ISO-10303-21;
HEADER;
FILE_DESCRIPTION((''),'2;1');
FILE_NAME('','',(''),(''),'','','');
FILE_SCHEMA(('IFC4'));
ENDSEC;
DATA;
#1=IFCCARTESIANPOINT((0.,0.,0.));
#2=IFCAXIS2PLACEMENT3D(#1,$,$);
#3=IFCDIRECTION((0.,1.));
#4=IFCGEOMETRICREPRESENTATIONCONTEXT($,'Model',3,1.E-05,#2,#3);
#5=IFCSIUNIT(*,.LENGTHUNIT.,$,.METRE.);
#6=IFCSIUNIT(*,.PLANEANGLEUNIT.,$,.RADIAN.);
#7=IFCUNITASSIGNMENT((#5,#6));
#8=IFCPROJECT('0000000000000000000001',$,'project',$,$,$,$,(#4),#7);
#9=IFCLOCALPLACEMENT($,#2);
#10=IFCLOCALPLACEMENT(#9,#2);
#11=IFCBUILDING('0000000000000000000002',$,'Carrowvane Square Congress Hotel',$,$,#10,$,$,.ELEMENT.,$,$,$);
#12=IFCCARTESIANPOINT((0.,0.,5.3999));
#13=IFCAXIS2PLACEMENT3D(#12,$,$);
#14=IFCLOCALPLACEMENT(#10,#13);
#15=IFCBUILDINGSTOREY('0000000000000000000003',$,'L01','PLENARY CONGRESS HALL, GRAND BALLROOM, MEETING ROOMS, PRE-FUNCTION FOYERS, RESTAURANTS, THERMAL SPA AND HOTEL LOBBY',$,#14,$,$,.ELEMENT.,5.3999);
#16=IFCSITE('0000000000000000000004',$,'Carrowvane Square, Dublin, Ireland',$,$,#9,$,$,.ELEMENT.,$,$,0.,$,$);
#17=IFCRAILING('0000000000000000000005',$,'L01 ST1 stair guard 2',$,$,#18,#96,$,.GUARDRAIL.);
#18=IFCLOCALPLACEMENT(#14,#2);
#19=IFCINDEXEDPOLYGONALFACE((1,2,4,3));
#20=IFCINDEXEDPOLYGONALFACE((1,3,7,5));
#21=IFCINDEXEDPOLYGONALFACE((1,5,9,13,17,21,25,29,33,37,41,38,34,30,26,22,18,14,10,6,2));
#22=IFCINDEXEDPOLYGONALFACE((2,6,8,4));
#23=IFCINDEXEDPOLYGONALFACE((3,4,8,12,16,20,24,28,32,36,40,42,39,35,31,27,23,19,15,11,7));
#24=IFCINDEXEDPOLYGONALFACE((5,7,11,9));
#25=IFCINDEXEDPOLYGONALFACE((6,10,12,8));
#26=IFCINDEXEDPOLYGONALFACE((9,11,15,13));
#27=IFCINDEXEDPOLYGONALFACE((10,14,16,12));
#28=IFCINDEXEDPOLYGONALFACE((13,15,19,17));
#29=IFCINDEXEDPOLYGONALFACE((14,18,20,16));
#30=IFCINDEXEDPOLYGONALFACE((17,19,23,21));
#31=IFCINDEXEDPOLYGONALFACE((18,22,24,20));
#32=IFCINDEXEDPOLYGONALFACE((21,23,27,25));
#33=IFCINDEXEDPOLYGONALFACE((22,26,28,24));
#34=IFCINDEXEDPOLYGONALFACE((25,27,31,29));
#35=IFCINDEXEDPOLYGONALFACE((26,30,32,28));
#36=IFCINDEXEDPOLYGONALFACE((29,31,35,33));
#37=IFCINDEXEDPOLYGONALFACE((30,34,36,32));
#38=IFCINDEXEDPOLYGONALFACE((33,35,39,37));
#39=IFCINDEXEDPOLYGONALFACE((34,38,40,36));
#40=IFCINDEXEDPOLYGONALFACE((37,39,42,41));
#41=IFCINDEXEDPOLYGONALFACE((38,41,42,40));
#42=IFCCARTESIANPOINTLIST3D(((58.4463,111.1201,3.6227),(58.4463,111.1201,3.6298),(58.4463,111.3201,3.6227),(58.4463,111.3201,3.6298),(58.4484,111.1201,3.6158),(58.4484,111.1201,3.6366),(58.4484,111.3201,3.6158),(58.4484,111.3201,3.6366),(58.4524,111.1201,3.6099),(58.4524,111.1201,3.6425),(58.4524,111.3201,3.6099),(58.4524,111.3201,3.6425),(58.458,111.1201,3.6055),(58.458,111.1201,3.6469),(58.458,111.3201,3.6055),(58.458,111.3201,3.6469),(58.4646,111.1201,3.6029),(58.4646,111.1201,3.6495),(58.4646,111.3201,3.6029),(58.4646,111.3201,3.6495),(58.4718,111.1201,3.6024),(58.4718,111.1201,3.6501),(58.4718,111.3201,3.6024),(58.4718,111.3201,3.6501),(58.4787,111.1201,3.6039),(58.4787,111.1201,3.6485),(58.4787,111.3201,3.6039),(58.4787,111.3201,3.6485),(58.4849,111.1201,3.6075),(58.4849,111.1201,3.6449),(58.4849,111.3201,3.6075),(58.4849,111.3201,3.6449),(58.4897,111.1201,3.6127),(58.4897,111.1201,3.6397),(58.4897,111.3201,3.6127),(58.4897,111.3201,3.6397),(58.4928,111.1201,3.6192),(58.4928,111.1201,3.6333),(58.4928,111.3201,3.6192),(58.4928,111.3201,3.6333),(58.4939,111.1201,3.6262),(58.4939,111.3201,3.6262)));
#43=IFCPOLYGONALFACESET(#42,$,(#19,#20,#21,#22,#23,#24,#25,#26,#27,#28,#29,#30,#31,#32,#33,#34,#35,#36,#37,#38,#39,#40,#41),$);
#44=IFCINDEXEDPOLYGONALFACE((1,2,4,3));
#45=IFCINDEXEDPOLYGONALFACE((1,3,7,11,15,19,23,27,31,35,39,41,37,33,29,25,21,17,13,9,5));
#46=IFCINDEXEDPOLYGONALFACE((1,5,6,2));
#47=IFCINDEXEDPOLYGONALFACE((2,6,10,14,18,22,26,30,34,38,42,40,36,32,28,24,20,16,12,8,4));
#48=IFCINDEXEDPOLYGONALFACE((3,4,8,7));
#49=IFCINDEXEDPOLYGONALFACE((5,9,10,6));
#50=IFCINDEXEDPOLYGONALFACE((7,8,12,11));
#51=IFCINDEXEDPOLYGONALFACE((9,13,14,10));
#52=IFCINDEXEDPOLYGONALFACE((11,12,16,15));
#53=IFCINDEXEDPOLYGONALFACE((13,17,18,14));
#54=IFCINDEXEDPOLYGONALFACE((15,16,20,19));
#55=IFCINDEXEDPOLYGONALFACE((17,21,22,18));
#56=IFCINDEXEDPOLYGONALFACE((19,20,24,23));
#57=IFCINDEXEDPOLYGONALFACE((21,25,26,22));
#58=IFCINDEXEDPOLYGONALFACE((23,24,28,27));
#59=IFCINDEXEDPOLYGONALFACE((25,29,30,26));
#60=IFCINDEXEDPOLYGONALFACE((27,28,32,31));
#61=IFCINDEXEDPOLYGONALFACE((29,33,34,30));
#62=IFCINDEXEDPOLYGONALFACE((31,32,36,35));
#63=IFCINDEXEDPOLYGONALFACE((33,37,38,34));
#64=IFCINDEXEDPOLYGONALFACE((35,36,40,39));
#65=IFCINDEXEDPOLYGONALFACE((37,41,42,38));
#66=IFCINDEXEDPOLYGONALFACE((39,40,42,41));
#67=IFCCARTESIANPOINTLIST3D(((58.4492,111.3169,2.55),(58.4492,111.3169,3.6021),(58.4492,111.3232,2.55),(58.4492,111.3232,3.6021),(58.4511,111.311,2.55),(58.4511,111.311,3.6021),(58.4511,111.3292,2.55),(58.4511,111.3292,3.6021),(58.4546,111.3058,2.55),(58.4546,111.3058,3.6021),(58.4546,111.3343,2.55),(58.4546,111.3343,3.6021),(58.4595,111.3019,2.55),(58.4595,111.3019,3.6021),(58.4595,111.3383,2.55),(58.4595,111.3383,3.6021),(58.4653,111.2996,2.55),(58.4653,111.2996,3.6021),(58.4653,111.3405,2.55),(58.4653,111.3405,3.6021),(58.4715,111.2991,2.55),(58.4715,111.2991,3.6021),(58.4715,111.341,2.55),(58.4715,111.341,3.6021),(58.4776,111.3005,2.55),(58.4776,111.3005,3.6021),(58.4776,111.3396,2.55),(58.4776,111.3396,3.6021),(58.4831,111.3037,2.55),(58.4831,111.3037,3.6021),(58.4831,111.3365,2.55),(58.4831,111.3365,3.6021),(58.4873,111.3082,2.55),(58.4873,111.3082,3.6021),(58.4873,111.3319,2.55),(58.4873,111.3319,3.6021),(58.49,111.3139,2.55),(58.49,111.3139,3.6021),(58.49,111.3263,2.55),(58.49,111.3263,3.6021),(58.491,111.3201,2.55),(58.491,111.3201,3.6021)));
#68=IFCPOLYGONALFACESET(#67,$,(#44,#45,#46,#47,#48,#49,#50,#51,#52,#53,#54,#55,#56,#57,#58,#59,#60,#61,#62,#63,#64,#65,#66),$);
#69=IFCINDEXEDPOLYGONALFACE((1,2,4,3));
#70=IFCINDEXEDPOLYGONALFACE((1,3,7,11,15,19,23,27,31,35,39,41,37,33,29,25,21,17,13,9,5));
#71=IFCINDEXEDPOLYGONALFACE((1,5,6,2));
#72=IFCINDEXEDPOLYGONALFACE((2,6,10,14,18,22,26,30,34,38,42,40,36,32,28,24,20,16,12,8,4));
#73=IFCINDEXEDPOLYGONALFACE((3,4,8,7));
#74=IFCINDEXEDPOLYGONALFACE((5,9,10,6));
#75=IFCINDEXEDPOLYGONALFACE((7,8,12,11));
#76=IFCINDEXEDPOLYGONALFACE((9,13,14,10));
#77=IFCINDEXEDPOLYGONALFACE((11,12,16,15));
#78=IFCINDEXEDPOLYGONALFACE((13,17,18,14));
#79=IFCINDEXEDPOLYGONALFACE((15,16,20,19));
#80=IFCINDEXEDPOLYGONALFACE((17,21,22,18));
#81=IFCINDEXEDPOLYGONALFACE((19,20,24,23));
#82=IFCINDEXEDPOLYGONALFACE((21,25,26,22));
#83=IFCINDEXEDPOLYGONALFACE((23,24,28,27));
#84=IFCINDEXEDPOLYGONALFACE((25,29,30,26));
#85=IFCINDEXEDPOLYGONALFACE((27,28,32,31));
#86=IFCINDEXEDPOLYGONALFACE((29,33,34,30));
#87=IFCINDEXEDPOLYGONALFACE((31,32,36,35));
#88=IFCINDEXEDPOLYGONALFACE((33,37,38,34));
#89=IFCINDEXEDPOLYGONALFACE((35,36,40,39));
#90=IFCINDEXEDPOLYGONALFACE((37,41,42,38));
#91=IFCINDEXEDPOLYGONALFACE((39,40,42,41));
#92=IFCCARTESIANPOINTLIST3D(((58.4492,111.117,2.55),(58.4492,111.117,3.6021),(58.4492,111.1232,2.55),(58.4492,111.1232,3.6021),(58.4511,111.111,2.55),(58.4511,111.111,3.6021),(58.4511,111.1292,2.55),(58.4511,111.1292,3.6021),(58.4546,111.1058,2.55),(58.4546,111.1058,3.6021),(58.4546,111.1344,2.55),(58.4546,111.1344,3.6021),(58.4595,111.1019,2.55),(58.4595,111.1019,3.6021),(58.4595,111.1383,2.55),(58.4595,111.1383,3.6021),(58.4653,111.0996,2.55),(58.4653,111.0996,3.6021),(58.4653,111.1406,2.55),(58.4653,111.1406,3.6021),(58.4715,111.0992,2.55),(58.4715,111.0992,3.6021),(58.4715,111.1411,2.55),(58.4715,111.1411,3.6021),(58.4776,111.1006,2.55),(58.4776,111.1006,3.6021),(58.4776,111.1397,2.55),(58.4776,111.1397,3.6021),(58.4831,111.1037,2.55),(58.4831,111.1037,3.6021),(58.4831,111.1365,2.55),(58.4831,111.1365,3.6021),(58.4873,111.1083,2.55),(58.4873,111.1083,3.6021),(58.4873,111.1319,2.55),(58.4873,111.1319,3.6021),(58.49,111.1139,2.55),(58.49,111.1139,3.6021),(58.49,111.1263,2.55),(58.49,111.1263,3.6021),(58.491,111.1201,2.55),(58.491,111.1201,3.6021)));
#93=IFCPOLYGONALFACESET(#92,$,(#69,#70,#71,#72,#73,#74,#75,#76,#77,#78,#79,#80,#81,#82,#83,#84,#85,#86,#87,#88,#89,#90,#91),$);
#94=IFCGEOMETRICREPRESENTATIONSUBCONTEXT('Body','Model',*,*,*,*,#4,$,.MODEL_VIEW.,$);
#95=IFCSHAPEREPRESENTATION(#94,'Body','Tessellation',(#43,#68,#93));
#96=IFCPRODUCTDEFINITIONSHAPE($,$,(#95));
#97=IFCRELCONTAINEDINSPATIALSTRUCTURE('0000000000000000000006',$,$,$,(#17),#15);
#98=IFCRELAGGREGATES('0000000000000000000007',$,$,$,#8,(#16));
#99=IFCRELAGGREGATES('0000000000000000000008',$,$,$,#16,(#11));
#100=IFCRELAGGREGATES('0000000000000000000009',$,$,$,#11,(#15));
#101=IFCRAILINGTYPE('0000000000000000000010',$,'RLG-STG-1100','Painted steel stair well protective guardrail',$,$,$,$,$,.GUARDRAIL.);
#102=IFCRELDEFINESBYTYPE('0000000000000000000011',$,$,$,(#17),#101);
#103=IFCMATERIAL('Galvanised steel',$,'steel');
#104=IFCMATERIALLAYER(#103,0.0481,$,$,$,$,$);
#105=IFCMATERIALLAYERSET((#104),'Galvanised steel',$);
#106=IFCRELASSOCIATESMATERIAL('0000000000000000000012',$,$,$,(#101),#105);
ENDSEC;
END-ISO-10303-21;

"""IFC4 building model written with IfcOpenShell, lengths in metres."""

from ifc_helpers import new_model, si_unit, direction, frame, origin, origin_2d, place, context, subcontext, project, spatial, circle, extrude, material, layer, layer_set, type_object, element, save


model = new_model("IFC4")

# Units and contexts
model_context = context("Model", 3, precision=1e-05, world=origin(), true_north=direction((0.0, 1.0)))
body_context = subcontext(model_context, "Body", "Model", "MODEL_VIEW")
ifc_project = project(units=[si_unit("LENGTHUNIT", "METRE"), si_unit("PLANEANGLEUNIT", "RADIAN")], contexts=[model_context])

# Site, building, storey
site_placement = place(None, origin())
site = spatial("IfcSite", under=ifc_project, at=site_placement, Name="Carrowvane Square, Dublin, Ireland", CompositionType="ELEMENT", RefElevation=0.0)
building_placement = place(site_placement, origin())
building = spatial("IfcBuilding", under=site, at=building_placement, Name="Carrowvane Square Congress Hotel", CompositionType="ELEMENT")
storey_placement = place(building_placement, frame((0.0, 0.0, 5.3999)))
storey = spatial("IfcBuildingStorey", under=building, at=storey_placement, Name="L01", Description="PLENARY CONGRESS HALL, GRAND BALLROOM, MEETING ROOMS, PRE-FUNCTION FOYERS, RESTAURANTS, THERMAL SPA AND HOTEL LOBBY", CompositionType="ELEMENT", Elevation=5.3999)

# Railing
ifc_material_1 = material(Name="Galvanised steel", Category="steel")
ifc_layer_1 = layer(ifc_material_1, 0.0481)
ifc_layer_set_1 = layer_set([ifc_layer_1], Name="Galvanised steel")
railing_type_1 = type_object("IfcRailingType", Name="RLG-STG-1100", Description="Painted steel stair well protective guardrail", PredefinedType="GUARDRAIL", material=ifc_layer_set_1)
railing_1_placement = place(storey_placement, frame((58.47, 111.3201, 2.55)))
element("IfcRailing", 1, at=railing_1_placement, inside=storey, type_object=railing_type_1, Name="L01 ST1 stair guard 2", PredefinedType="GUARDRAIL", context=body_context, shape_type="SweptSolid", body=[
    extrude(circle(Radius=0.0239, at=origin_2d()), frame((0.0, 0.0, 1.0762), z_axis=(0.0, -1.0, 0.0), x_axis=(1.0, 0.0, 0.0)), (0.0, 0.0, 1.0), 0.2),
    extrude(circle(Radius=0.021, at=origin_2d()), origin(), (0.0, 0.0, 1.0), 1.052),
    extrude(circle(Radius=0.021, at=origin_2d()), frame((0.0, -0.2, 0.0)), (0.0, 0.0, 1.0), 1.052),
])

save(model, "model.ifc")
